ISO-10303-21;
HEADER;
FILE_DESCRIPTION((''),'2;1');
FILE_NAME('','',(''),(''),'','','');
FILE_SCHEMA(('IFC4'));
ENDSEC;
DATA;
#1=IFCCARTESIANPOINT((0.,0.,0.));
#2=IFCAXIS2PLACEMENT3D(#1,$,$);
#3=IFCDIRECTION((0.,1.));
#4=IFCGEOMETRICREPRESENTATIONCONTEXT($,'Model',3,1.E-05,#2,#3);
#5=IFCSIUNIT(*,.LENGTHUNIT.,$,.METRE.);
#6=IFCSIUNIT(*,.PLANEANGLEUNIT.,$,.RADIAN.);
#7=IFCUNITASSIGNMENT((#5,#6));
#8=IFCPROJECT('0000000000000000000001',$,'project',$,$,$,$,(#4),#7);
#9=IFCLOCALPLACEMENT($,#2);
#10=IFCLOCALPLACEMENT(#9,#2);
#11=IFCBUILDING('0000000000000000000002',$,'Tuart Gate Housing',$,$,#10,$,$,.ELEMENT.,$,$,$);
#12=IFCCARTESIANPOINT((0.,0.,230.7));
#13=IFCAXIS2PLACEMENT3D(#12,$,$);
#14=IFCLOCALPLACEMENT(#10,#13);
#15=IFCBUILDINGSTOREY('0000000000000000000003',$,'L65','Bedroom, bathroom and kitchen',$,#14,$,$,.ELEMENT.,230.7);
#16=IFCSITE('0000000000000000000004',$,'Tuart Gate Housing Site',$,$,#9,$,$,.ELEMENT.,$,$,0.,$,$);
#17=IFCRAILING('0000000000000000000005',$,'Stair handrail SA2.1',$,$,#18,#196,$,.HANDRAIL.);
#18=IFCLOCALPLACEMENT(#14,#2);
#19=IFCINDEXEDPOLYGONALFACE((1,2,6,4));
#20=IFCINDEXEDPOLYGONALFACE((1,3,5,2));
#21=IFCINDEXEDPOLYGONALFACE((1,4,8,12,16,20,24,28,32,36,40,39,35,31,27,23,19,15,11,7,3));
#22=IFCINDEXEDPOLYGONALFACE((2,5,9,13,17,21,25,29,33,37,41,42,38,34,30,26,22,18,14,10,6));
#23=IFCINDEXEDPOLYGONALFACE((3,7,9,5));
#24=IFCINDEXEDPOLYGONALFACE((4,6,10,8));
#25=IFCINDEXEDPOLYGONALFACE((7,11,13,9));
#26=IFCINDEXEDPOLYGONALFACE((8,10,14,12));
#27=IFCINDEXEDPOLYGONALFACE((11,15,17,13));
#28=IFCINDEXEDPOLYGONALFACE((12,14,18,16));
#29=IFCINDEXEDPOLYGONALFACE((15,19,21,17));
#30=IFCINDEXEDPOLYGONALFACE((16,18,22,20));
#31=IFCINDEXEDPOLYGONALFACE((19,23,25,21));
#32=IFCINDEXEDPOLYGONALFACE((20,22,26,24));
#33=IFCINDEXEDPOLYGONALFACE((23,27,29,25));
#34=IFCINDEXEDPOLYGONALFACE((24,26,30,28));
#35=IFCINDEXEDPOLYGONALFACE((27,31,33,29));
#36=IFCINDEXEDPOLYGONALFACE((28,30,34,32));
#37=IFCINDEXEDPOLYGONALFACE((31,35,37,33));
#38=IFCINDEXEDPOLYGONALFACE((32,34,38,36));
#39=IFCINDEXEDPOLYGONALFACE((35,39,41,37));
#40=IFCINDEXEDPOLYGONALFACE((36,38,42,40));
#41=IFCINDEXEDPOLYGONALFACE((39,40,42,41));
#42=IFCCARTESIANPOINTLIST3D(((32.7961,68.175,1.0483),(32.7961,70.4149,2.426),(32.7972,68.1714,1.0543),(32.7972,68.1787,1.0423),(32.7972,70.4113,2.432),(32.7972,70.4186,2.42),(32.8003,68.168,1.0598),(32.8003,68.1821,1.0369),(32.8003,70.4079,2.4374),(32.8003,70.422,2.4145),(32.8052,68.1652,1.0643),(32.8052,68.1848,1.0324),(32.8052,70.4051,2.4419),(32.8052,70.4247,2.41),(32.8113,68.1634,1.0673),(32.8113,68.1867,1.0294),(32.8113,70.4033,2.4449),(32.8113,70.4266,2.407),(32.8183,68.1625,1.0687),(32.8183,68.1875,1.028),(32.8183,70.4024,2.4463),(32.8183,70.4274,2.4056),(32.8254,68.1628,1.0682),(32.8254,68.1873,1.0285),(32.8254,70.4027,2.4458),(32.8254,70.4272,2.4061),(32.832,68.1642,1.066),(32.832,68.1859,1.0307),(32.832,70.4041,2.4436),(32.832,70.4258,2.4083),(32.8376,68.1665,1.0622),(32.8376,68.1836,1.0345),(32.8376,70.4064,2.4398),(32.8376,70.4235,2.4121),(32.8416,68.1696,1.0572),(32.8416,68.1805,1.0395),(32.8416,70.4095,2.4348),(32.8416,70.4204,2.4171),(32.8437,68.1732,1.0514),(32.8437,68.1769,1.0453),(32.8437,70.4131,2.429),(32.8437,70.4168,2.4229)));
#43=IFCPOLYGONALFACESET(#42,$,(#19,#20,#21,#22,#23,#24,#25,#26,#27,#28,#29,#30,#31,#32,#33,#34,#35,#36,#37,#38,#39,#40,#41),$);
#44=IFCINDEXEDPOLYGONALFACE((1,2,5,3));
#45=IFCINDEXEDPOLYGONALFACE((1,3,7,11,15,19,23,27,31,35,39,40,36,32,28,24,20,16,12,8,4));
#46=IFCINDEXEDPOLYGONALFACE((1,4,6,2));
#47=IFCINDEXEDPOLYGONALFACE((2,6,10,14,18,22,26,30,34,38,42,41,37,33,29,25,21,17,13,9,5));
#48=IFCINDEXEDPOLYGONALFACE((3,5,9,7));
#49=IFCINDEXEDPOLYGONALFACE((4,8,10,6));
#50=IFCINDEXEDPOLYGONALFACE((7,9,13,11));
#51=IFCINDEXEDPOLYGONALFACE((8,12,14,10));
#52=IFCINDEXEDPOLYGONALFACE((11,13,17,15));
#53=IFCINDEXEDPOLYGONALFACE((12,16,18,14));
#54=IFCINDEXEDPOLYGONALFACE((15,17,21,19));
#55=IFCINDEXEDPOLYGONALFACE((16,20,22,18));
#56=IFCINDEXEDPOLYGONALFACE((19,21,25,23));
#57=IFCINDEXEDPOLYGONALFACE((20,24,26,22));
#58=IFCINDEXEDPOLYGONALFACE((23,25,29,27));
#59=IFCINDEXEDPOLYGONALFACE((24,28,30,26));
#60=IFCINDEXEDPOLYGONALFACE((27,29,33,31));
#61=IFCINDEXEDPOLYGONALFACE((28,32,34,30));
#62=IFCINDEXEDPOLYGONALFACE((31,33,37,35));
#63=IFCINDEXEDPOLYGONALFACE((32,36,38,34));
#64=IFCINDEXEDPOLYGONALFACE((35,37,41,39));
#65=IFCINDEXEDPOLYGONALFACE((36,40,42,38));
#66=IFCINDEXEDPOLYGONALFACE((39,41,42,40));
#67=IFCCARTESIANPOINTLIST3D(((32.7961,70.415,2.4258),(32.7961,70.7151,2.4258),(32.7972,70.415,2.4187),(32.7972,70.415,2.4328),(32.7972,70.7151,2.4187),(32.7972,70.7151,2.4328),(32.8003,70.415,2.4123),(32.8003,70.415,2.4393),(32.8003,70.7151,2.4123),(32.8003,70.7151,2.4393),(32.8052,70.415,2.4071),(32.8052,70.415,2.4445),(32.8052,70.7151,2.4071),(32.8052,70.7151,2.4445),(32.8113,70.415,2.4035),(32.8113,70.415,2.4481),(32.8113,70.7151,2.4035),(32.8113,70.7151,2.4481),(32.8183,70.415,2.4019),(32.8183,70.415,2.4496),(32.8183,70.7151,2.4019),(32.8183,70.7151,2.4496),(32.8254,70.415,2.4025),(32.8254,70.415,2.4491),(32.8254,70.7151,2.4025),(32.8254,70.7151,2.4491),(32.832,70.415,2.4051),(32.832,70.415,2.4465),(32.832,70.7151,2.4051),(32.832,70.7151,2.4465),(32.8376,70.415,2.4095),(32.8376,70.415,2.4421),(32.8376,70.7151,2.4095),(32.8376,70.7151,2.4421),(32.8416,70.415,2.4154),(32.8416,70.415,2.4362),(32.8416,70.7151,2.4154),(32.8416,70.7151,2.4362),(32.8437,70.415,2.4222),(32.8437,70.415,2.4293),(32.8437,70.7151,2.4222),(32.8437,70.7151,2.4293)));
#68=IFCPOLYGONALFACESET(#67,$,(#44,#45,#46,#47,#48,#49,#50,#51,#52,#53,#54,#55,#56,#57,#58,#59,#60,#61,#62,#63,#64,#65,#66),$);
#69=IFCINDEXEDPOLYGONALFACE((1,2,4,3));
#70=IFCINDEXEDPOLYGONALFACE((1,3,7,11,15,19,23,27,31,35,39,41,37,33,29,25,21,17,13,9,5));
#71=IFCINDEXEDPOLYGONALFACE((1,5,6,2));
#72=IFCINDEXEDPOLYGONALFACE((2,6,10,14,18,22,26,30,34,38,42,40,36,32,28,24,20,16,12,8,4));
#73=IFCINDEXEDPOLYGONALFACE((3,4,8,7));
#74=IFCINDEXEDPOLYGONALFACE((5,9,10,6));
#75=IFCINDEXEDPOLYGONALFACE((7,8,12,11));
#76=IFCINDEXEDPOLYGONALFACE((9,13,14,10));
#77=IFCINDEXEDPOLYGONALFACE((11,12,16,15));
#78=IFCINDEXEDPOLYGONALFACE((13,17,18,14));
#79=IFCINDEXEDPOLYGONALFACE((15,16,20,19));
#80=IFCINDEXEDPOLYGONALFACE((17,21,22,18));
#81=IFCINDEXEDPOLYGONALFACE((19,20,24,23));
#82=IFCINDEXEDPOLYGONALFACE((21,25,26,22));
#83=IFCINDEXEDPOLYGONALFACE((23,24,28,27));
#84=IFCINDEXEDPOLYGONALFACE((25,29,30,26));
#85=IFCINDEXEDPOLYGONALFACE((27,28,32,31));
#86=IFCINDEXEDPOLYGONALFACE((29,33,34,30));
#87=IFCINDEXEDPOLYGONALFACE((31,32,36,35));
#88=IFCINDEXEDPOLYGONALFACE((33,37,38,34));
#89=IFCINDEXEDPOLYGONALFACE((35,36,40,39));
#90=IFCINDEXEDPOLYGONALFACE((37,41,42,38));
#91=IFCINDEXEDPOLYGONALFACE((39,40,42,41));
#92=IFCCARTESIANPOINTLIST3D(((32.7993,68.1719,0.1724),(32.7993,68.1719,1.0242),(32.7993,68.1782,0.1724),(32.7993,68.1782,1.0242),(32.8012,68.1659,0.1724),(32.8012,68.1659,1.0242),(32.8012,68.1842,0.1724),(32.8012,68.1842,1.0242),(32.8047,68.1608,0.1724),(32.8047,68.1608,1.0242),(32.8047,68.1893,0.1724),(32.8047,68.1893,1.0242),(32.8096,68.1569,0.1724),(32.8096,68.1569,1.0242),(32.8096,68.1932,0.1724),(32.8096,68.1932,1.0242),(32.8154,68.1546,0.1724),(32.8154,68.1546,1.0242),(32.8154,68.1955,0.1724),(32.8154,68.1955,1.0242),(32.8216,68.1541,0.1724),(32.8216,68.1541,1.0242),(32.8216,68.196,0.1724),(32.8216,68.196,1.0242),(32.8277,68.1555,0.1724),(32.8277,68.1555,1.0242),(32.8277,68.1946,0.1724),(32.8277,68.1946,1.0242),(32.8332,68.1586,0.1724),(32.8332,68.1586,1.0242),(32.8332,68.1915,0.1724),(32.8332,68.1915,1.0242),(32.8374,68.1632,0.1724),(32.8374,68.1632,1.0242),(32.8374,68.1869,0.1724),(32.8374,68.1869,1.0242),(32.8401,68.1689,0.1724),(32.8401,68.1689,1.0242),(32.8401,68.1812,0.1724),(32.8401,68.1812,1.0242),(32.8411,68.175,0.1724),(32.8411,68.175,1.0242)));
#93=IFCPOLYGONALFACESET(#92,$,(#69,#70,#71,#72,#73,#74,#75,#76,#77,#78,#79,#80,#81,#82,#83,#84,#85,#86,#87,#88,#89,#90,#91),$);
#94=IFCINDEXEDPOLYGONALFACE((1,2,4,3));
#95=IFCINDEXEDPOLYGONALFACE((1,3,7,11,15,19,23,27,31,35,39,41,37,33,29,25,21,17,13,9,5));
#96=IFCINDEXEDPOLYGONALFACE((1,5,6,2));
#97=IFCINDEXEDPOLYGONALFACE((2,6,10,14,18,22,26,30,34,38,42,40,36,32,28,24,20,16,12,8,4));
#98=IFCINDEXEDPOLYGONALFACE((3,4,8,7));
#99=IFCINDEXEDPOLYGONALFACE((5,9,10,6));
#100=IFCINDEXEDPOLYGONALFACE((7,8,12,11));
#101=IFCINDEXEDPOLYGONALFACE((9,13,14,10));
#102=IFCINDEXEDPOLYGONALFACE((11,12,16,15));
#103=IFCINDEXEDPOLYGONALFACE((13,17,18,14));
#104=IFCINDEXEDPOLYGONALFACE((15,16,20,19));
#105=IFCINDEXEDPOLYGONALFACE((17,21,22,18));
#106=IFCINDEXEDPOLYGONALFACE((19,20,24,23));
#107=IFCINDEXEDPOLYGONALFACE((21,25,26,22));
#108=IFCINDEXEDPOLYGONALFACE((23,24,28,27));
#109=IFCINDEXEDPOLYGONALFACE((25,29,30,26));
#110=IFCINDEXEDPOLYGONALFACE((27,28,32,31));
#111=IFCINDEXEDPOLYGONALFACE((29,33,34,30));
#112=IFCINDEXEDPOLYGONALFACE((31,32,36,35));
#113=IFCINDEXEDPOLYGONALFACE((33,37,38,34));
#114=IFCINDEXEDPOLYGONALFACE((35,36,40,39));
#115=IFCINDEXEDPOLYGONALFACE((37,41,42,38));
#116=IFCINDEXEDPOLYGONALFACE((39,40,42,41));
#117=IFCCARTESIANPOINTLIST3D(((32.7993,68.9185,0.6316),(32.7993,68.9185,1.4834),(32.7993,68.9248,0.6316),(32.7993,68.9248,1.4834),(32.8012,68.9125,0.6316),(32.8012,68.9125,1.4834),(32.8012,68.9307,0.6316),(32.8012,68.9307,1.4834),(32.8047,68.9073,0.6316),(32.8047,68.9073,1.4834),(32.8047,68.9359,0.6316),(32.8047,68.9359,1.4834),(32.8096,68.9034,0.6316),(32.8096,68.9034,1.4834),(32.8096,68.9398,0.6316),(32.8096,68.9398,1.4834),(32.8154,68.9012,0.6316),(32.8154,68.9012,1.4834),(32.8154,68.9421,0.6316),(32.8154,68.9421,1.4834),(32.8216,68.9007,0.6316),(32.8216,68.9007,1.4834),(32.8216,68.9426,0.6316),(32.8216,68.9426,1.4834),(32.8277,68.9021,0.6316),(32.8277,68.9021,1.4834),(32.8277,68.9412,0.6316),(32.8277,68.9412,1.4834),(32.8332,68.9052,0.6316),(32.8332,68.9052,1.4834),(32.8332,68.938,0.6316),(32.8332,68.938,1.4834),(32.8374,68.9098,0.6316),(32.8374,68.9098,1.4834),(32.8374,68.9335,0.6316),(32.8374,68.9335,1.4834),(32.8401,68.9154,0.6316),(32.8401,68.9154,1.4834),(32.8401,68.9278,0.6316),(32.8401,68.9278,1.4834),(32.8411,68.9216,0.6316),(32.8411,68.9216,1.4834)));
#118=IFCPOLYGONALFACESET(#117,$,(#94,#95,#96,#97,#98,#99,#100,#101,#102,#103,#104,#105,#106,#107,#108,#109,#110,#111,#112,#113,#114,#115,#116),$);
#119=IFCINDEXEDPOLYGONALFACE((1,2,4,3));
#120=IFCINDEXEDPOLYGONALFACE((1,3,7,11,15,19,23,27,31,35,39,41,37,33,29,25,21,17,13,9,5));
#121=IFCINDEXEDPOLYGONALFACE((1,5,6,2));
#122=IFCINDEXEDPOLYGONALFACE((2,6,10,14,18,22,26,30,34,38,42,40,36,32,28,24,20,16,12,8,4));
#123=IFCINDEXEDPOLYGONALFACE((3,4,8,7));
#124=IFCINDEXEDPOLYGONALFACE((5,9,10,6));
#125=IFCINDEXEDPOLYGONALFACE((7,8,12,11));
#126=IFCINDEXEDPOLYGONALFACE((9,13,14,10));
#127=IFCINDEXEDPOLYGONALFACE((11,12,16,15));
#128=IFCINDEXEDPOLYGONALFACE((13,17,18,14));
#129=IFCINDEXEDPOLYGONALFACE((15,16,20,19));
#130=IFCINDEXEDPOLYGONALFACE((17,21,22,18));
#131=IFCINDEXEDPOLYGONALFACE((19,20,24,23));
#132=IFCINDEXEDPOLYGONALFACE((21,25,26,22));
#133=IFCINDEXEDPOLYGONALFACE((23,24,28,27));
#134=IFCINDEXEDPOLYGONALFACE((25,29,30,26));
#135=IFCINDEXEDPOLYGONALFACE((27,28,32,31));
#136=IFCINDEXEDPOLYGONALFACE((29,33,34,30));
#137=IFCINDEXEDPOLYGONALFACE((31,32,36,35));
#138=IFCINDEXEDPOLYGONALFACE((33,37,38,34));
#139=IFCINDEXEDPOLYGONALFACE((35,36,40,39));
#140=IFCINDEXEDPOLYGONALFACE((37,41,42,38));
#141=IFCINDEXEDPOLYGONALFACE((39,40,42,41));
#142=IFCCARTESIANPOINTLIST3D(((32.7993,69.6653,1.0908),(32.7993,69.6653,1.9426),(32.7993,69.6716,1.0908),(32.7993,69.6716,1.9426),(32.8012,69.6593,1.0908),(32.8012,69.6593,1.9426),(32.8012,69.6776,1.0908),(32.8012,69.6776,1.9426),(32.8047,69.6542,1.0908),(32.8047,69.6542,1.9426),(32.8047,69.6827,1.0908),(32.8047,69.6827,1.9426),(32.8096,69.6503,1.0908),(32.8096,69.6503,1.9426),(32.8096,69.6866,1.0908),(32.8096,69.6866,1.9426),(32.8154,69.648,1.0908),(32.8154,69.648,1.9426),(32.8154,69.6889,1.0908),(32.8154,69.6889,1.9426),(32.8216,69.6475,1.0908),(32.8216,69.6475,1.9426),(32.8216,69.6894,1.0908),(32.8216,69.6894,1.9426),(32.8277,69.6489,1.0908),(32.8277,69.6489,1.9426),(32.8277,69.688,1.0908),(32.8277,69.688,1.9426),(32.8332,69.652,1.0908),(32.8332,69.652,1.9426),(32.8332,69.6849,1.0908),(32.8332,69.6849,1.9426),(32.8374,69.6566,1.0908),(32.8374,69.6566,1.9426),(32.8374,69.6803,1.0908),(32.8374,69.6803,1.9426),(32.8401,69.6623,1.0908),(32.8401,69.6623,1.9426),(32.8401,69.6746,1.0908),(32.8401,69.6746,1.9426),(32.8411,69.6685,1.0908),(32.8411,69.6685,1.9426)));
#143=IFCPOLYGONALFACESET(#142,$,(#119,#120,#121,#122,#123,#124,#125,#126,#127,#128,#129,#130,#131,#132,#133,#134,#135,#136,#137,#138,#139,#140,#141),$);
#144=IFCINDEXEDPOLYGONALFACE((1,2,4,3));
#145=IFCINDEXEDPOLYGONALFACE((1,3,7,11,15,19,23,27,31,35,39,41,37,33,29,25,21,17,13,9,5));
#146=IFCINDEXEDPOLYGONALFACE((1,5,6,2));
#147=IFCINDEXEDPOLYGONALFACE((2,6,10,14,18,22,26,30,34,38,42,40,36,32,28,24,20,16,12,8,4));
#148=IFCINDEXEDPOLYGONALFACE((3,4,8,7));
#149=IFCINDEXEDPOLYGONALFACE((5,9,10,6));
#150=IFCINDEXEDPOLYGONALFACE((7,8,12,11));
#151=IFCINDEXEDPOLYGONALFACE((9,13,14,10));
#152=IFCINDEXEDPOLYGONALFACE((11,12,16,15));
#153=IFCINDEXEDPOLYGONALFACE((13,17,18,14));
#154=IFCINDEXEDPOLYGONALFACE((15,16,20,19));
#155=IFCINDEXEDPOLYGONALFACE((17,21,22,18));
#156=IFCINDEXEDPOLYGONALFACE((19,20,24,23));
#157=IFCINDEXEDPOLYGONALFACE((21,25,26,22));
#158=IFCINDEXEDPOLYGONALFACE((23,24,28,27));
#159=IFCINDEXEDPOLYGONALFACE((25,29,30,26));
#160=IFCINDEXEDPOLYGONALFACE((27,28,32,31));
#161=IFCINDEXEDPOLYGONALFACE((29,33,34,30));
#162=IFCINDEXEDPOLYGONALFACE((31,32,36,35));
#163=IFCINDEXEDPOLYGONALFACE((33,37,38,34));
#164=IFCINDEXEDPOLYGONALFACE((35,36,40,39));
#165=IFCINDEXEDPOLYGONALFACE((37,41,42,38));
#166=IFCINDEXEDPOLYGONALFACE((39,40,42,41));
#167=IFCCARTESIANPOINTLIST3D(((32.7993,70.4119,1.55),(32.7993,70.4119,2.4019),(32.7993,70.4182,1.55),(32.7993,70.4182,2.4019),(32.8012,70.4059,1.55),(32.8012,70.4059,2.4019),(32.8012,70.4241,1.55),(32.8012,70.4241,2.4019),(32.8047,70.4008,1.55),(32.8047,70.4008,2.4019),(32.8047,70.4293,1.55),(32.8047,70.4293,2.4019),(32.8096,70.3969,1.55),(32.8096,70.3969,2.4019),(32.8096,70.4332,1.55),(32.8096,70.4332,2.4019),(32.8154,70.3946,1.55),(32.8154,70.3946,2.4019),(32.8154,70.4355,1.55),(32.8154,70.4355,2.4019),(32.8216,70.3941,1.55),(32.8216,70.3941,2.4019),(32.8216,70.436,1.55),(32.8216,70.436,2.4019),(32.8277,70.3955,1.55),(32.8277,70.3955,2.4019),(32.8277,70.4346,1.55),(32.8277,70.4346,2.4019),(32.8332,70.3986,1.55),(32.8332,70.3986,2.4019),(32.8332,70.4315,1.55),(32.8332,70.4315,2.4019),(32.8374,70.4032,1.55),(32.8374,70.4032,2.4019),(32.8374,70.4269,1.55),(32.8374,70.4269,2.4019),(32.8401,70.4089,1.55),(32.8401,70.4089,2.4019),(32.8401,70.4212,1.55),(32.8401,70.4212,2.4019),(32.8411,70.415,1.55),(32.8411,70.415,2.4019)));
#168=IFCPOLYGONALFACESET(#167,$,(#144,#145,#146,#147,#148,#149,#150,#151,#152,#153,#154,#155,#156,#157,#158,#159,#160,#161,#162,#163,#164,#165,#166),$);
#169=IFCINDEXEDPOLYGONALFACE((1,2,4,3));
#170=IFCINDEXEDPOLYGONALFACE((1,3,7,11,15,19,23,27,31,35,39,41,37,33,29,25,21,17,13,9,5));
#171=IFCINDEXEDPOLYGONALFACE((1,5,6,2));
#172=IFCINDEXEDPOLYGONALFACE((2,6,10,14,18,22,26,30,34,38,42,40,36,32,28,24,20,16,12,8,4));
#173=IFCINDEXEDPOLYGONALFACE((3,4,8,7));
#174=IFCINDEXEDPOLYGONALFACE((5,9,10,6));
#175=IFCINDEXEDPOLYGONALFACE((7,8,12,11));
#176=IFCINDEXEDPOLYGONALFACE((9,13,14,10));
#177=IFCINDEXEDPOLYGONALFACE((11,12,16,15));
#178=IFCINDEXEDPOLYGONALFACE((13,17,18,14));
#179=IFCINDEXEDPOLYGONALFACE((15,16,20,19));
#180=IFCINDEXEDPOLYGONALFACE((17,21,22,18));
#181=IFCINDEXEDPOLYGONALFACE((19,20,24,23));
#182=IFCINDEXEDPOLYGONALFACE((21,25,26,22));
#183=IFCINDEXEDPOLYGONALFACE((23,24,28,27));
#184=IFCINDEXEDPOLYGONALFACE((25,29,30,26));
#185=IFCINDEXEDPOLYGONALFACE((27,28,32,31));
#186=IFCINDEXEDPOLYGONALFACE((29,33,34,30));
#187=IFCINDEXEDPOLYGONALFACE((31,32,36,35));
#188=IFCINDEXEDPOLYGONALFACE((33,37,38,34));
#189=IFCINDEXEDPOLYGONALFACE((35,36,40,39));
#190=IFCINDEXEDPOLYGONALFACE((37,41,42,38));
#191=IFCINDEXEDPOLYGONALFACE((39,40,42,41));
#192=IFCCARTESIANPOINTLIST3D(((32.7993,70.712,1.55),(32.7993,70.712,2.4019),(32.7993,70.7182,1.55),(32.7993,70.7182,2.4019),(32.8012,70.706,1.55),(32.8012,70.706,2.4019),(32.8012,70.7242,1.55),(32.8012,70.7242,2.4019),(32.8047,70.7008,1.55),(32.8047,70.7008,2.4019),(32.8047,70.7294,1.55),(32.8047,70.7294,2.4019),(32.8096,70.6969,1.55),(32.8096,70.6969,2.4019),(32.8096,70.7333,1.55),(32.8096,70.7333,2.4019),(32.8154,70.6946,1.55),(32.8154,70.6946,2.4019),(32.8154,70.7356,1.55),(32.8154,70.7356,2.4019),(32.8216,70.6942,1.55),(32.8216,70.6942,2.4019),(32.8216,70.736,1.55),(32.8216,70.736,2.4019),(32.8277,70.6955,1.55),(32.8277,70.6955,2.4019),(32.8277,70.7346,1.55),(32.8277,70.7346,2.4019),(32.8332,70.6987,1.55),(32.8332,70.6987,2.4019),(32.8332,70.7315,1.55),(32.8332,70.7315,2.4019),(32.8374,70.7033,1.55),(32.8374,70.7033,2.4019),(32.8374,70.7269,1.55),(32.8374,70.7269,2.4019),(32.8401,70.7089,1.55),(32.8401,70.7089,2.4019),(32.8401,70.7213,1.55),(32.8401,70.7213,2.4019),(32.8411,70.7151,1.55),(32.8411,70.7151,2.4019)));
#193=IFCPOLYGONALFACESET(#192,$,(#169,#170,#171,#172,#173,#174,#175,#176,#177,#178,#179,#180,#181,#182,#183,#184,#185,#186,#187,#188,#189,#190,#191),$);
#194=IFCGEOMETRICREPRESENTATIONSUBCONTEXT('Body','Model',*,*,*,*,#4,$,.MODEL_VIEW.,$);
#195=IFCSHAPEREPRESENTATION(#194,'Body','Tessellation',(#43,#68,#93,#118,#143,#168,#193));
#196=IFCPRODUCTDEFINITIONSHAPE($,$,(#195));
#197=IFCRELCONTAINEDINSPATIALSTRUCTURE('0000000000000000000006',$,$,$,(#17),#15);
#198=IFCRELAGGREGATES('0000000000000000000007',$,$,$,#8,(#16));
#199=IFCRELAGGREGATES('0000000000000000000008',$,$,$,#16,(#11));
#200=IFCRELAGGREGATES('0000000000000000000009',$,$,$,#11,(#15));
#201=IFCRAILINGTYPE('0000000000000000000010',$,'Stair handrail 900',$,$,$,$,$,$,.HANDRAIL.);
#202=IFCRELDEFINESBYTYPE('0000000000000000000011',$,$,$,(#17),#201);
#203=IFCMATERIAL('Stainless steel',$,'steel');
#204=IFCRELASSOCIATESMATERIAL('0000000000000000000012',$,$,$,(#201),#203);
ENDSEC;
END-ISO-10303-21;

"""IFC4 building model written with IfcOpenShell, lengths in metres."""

from ifc_helpers import new_model, si_unit, direction, frame, origin, origin_2d, place, context, subcontext, project, spatial, circle, extrude, material, type_object, element, save


model = new_model("IFC4")

# Units and contexts
model_context = context("Model", 3, precision=1e-05, world=origin(), true_north=direction((0.0, 1.0)))
body_context = subcontext(model_context, "Body", "Model", "MODEL_VIEW")
ifc_project = project(units=[si_unit("LENGTHUNIT", "METRE"), si_unit("PLANEANGLEUNIT", "RADIAN")], contexts=[model_context])

# Site, building, storey
site_placement = place(None, origin())
site = spatial("IfcSite", under=ifc_project, at=site_placement, Name="Tuart Gate Housing Site", CompositionType="ELEMENT", RefElevation=0.0)
building_placement = place(site_placement, origin())
building = spatial("IfcBuilding", under=site, at=building_placement, Name="Tuart Gate Housing", CompositionType="ELEMENT")
storey_placement = place(building_placement, frame((0.0, 0.0, 230.7)))
storey = spatial("IfcBuildingStorey", under=building, at=storey_placement, Name="L65", Description="Bedroom, bathroom and kitchen", CompositionType="ELEMENT", Elevation=230.7)

# Railing
ifc_material_1 = material(Name="Stainless steel", Category="steel")
railing_type = type_object("IfcRailingType", Name="Stair handrail 900", PredefinedType="HANDRAIL", material=ifc_material_1)
railing_placement = place(storey_placement, frame((32.8201, 68.175, 0.1724)))
element("IfcRailing", 1, at=railing_placement, inside=storey, type_object=railing_type, Name="Stair handrail SA2.1", PredefinedType="HANDRAIL", context=body_context, shape_type="SweptSolid", body=[
    extrude(circle(Radius=0.0239, at=origin_2d()), frame((0.0, 0.0, 0.876), z_axis=(0.0, 0.851789, 0.523885), x_axis=(-1.0, 0.0, 0.0)), (0.0, 0.0, 1.0), 2.6296),
    extrude(circle(Radius=0.0239, at=origin_2d()), frame((0.0, 2.24, 2.2534), z_axis=(0.0, 1.0, 0.0), x_axis=(-1.0, 0.0, 0.0)), (0.0, 0.0, 1.0), 0.3),
    extrude(circle(Radius=0.021, at=origin_2d()), origin(), (0.0, 0.0, 1.0), 0.8518),
    extrude(circle(Radius=0.021, at=origin_2d()), frame((0.0, 0.7466, 0.4592)), (0.0, 0.0, 1.0), 0.8518),
    extrude(circle(Radius=0.021, at=origin_2d()), frame((0.0, 1.4934, 0.9185)), (0.0, 0.0, 1.0), 0.8518),
    extrude(circle(Radius=0.021, at=origin_2d()), frame((0.0, 2.24, 1.3777)), (0.0, 0.0, 1.0), 0.8518),
    extrude(circle(Radius=0.021, at=origin_2d()), frame((0.0, 2.54, 1.3777)), (0.0, 0.0, 1.0), 0.8518),
])

save(model, "model.ifc")
